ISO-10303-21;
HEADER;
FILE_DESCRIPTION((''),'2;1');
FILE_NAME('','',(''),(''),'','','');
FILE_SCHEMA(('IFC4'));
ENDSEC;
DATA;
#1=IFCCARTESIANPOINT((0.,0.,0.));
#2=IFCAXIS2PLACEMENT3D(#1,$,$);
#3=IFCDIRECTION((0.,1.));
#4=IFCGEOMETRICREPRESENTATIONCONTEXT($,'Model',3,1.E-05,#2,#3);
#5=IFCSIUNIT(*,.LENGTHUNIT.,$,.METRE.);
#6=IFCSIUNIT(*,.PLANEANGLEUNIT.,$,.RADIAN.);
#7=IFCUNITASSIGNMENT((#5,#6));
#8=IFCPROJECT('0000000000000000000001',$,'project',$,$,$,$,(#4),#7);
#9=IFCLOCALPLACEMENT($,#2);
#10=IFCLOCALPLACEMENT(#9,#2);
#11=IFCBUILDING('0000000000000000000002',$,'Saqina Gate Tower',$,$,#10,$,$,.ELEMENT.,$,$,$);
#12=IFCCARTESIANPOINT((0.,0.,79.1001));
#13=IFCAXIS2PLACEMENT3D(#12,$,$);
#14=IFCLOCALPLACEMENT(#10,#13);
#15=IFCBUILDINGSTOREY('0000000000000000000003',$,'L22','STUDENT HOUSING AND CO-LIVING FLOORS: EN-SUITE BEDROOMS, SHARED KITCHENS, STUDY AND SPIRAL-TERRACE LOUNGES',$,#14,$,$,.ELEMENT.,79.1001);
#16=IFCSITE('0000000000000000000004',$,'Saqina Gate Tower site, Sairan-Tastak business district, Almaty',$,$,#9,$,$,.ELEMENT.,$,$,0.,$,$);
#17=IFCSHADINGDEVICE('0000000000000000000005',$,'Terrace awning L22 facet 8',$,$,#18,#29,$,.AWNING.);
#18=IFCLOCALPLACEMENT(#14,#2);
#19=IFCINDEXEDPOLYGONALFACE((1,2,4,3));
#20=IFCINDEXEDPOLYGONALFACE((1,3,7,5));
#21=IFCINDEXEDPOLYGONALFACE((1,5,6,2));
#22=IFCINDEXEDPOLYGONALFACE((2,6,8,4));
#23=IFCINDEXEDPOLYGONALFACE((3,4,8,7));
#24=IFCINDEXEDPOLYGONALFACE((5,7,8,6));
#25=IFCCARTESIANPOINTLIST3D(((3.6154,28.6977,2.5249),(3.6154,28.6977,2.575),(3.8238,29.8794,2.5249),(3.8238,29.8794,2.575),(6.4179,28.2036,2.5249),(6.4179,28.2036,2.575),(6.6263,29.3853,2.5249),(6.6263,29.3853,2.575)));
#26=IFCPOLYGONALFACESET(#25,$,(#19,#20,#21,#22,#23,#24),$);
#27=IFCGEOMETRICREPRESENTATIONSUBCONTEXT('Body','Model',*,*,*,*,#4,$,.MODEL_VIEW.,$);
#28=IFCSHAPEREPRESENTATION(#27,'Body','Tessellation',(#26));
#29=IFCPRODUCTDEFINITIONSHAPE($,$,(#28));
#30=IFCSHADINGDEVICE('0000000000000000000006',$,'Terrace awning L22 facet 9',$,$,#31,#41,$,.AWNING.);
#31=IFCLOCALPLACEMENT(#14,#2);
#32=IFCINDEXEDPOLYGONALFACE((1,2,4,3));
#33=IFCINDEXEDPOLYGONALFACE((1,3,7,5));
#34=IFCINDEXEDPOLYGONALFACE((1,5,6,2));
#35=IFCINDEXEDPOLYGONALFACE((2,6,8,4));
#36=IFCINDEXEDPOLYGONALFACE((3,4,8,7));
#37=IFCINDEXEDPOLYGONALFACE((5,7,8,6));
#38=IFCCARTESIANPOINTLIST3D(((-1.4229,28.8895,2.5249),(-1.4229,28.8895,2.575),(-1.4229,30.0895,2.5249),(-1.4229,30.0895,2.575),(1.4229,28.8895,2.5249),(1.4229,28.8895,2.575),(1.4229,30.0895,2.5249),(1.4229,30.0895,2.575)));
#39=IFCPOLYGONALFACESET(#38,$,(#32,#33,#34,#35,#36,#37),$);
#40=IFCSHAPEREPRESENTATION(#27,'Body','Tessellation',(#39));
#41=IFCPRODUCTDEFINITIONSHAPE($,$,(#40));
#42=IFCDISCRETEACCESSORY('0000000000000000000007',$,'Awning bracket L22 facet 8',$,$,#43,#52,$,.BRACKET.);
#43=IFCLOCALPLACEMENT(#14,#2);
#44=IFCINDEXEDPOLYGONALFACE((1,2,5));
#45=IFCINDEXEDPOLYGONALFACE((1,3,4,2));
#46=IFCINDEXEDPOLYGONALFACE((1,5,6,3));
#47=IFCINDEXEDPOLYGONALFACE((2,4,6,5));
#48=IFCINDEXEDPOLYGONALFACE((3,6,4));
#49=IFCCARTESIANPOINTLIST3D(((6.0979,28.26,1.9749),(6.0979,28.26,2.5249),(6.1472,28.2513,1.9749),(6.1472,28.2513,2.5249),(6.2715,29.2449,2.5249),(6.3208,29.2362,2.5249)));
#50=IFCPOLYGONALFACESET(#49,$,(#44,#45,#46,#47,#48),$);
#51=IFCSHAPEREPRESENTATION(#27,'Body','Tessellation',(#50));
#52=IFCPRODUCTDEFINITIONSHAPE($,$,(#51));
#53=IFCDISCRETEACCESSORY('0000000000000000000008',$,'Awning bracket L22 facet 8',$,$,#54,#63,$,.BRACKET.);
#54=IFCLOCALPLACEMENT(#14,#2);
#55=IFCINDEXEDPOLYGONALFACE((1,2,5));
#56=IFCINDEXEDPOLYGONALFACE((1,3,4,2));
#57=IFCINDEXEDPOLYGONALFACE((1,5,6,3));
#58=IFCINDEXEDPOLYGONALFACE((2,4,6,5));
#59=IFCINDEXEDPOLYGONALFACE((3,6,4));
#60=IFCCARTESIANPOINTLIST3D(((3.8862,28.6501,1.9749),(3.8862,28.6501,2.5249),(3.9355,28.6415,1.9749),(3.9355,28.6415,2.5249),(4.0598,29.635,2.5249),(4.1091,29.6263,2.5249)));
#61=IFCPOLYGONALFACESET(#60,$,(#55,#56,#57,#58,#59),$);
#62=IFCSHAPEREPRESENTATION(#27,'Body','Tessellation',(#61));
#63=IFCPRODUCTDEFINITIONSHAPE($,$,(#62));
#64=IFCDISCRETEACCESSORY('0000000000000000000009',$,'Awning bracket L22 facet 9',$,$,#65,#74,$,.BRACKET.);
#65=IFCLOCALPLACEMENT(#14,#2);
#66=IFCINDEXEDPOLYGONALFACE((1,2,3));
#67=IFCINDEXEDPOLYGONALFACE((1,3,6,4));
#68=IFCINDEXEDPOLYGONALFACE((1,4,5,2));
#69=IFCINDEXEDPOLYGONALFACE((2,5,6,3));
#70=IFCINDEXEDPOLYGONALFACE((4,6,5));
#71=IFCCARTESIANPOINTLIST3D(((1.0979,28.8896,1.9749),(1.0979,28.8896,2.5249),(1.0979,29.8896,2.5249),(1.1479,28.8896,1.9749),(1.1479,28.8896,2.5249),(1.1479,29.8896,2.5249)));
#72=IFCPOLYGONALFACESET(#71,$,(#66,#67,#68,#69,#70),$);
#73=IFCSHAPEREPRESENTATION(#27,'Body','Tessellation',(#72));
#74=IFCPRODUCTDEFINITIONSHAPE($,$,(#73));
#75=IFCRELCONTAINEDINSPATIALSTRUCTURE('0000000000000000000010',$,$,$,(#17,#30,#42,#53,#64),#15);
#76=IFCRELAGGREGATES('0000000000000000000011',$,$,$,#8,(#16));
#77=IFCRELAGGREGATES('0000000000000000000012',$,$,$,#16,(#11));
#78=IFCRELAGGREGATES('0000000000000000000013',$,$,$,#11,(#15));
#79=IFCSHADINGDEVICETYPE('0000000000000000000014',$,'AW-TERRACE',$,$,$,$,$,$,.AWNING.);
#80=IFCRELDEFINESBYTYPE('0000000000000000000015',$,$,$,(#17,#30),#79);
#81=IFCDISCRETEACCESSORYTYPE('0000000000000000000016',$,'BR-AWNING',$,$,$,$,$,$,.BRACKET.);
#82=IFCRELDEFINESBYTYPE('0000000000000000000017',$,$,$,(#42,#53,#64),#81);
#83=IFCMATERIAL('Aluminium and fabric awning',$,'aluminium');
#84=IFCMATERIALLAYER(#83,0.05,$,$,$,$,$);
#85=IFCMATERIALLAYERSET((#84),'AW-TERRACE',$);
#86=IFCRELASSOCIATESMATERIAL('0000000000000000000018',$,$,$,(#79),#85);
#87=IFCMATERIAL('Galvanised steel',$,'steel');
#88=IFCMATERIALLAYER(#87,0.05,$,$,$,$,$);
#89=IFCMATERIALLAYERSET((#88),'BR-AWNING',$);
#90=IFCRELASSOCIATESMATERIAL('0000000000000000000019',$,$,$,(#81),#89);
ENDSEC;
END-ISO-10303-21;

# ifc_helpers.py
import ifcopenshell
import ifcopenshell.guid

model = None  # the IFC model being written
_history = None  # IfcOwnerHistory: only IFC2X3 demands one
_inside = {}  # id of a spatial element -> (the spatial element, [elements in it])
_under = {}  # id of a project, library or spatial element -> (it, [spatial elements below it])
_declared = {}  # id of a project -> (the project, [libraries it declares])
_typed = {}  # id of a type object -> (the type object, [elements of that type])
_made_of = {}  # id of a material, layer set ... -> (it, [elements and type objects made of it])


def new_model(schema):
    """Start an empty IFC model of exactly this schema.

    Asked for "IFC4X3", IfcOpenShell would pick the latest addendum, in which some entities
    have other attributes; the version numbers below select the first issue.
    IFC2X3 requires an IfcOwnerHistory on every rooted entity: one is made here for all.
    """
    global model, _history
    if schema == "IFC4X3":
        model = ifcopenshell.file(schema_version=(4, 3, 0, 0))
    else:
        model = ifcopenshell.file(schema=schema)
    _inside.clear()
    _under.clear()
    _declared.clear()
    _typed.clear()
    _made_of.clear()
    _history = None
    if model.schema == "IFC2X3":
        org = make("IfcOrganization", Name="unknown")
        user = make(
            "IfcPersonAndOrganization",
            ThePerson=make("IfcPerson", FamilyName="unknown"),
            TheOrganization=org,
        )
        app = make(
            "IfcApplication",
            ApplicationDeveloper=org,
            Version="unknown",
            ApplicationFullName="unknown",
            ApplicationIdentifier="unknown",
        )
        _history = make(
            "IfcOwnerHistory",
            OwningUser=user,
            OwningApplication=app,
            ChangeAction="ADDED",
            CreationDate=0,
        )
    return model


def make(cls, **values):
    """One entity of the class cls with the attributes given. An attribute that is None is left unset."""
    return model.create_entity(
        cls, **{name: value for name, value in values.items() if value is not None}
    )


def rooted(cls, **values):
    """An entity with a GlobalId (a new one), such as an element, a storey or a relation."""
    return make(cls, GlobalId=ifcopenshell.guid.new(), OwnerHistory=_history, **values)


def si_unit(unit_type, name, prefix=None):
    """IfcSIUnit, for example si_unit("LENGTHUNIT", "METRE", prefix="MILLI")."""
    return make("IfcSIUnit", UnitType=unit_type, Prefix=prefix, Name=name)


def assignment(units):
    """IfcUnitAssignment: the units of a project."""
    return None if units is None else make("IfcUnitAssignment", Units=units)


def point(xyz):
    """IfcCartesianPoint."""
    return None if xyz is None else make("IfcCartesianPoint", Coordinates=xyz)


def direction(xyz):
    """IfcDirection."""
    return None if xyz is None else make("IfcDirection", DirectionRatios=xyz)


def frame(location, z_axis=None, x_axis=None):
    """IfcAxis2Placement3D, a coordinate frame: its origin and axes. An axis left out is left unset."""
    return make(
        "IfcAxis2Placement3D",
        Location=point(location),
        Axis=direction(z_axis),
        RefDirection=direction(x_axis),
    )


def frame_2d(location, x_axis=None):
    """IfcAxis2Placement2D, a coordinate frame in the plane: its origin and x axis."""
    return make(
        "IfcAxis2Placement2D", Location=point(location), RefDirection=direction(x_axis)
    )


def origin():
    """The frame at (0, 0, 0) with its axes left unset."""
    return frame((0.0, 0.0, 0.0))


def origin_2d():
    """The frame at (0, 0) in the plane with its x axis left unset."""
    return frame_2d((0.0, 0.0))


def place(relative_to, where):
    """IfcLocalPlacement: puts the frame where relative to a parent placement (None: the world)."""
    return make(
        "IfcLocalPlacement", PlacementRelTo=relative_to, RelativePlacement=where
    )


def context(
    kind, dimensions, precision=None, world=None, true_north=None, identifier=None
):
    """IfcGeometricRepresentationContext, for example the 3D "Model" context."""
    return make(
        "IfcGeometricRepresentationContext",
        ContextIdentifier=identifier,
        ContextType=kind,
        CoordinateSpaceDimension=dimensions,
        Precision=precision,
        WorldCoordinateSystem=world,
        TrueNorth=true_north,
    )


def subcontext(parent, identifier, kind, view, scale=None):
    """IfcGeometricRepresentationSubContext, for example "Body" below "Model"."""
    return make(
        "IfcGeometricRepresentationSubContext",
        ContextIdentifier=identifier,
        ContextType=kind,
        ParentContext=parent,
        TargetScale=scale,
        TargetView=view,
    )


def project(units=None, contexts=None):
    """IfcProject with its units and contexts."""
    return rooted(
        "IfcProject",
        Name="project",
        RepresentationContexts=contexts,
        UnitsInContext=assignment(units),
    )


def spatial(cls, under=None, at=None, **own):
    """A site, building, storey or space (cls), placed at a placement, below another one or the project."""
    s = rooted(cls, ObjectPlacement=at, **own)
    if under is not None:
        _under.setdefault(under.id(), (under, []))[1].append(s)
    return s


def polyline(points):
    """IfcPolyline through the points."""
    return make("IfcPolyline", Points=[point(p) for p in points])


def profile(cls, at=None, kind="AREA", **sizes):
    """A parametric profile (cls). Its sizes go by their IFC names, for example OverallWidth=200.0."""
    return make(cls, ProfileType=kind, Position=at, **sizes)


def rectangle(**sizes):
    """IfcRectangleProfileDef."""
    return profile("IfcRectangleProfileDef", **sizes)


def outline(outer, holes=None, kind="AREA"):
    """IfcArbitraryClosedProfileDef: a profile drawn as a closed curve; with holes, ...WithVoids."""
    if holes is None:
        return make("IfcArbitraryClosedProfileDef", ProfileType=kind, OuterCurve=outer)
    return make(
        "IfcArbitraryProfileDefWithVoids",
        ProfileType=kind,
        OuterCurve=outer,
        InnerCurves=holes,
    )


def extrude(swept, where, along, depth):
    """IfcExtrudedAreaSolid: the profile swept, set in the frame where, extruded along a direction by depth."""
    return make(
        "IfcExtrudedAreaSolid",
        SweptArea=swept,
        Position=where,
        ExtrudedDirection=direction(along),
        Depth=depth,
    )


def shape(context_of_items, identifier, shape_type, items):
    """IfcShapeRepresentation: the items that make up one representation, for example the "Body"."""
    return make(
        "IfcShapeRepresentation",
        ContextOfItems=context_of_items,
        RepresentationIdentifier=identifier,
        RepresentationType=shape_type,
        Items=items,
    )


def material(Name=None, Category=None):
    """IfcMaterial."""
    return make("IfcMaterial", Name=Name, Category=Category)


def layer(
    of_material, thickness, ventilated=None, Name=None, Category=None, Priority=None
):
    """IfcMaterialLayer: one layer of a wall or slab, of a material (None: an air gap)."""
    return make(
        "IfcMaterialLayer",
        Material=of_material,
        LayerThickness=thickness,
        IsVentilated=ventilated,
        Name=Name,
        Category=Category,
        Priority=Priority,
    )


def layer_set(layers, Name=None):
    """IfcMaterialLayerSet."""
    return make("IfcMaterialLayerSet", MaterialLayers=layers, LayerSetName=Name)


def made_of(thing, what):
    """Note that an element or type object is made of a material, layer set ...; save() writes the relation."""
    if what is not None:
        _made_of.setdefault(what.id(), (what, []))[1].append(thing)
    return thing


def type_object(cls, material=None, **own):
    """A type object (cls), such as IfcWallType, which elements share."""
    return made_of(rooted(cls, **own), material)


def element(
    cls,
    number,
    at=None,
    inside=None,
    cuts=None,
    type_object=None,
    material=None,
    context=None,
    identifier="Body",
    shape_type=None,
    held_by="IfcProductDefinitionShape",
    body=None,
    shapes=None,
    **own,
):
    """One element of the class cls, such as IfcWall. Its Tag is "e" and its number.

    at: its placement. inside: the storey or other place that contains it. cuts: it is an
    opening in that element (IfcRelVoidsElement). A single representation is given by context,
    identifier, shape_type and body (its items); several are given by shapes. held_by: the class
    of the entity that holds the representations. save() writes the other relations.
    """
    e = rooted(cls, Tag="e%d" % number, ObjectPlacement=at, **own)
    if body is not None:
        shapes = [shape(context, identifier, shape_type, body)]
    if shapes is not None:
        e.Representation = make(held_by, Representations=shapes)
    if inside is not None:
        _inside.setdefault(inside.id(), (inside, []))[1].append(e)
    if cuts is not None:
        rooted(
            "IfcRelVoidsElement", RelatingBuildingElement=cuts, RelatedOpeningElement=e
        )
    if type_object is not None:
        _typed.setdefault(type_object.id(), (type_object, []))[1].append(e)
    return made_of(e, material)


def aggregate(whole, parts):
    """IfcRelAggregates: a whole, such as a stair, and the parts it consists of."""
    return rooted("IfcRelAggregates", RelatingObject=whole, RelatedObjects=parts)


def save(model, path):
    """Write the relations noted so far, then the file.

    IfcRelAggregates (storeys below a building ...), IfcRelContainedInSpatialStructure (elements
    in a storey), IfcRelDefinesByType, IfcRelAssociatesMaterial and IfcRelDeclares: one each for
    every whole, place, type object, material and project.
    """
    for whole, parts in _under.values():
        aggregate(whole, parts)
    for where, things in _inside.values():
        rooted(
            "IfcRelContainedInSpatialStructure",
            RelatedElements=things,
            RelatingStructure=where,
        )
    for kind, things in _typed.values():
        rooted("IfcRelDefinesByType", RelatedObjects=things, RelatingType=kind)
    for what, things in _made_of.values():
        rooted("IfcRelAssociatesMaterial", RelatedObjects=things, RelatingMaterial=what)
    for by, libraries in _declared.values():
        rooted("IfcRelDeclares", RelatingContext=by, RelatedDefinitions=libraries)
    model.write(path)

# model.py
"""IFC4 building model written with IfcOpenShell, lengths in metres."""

from ifc_helpers import new_model, si_unit, direction, frame, origin, origin_2d, place, context, subcontext, project, spatial, polyline, rectangle, outline, extrude, material, layer, layer_set, type_object, element, save


model = new_model("IFC4")

# Units and contexts
model_context = context("Model", 3, precision=1e-05, world=origin(), true_north=direction((0.0, 1.0)))
body_context = subcontext(model_context, "Body", "Model", "MODEL_VIEW")
ifc_project = project(units=[si_unit("LENGTHUNIT", "METRE"), si_unit("PLANEANGLEUNIT", "RADIAN")], contexts=[model_context])

# Site, building, storey
site_placement = place(None, origin())
site = spatial("IfcSite", under=ifc_project, at=site_placement, Name="Saqina Gate Tower site, Sairan-Tastak business district, Almaty", CompositionType="ELEMENT", RefElevation=0.0)
building_placement = place(site_placement, origin())
building = spatial("IfcBuilding", under=site, at=building_placement, Name="Saqina Gate Tower", CompositionType="ELEMENT")
storey_placement = place(building_placement, frame((0.0, 0.0, 79.1001)))
storey = spatial("IfcBuildingStorey", under=building, at=storey_placement, Name="L22", Description="STUDENT HOUSING AND CO-LIVING FLOORS: EN-SUITE BEDROOMS, SHARED KITCHENS, STUDY AND SPIRAL-TERRACE LOUNGES", CompositionType="ELEMENT", Elevation=79.1001)

# Shading devices
ifc_material_1 = material(Name="Aluminium and fabric awning", Category="aluminium")
ifc_layer_1 = layer(ifc_material_1, 0.05)
ifc_layer_set_1 = layer_set([ifc_layer_1], Name="AW-TERRACE")
shading_device_type = type_object("IfcShadingDeviceType", Name="AW-TERRACE", PredefinedType="AWNING", material=ifc_layer_set_1)
for number, where, z_axis, x_axis, name in (
    (1, (5.1208, 29.0415, 2.5249), (0.0, 0.0, 1.0), (-0.984808, 0.173648, 0.0), "Terrace awning L22 facet 8"),
    (2, (0.0, 29.4895, 2.5249), (0.0, 0.0, 1.0), (-1.0, 0.0, 0.0), "Terrace awning L22 facet 9"),
):
    element("IfcShadingDevice", number, at=place(storey_placement, frame(where, z_axis=z_axis, x_axis=x_axis)), inside=storey, type_object=shading_device_type, Name=name, PredefinedType="AWNING", context=body_context, shape_type="SweptSolid", body=[
        extrude(rectangle(XDim=2.8457, YDim=1.2, at=origin_2d()), origin(), (0.0, 0.0, 1.0), 0.05),
    ])

# Discrete accessories
ifc_material_2 = material(Name="Galvanised steel", Category="steel")
ifc_layer_2 = layer(ifc_material_2, 0.05)
ifc_layer_set_2 = layer_set([ifc_layer_2], Name="BR-AWNING")
discrete_accessory_type = type_object("IfcDiscreteAccessoryType", Name="BR-AWNING", PredefinedType="BRACKET", material=ifc_layer_set_2)
for number, where, z_axis, x_axis, name in (
    (3, (6.0979, 28.26, 1.9749), (-0.98482, 0.173576, 0.0), (0.0, 0.0, 1.0), "Awning bracket L22 facet 8"),
    (4, (3.8862, 28.6501, 1.9749), (-0.98482, 0.173576, 0.0), (0.0, 0.0, 1.0), "Awning bracket L22 facet 8"),
):
    element("IfcDiscreteAccessory", number, at=place(storey_placement, frame(where, z_axis=z_axis, x_axis=x_axis)), inside=storey, type_object=discrete_accessory_type, Name=name, PredefinedType="BRACKET", context=body_context, shape_type="SweptSolid", body=[
        extrude(outline(polyline([(0.0, 0.0), (0.55, 0.0), (0.55, 1.0), (0.0, 0.0)])), origin(), (0.0, 0.0, -1.0), 0.05),
    ])
discrete_accessory_placement = place(storey_placement, frame((1.0979, 28.8896, 1.9749), z_axis=(-1.0, 0.0, 0.0), x_axis=(0.0, 0.0, 1.0)))
element("IfcDiscreteAccessory", 5, at=discrete_accessory_placement, inside=storey, type_object=discrete_accessory_type, Name="Awning bracket L22 facet 9", PredefinedType="BRACKET", context=body_context, shape_type="SweptSolid", body=[
    extrude(outline(polyline([(0.0, 0.0), (0.55, 0.0), (0.55, 1.0), (0.0, 0.0)])), origin(), (0.0, 0.0, -1.0), 0.05),
])

save(model, "model.ifc")
